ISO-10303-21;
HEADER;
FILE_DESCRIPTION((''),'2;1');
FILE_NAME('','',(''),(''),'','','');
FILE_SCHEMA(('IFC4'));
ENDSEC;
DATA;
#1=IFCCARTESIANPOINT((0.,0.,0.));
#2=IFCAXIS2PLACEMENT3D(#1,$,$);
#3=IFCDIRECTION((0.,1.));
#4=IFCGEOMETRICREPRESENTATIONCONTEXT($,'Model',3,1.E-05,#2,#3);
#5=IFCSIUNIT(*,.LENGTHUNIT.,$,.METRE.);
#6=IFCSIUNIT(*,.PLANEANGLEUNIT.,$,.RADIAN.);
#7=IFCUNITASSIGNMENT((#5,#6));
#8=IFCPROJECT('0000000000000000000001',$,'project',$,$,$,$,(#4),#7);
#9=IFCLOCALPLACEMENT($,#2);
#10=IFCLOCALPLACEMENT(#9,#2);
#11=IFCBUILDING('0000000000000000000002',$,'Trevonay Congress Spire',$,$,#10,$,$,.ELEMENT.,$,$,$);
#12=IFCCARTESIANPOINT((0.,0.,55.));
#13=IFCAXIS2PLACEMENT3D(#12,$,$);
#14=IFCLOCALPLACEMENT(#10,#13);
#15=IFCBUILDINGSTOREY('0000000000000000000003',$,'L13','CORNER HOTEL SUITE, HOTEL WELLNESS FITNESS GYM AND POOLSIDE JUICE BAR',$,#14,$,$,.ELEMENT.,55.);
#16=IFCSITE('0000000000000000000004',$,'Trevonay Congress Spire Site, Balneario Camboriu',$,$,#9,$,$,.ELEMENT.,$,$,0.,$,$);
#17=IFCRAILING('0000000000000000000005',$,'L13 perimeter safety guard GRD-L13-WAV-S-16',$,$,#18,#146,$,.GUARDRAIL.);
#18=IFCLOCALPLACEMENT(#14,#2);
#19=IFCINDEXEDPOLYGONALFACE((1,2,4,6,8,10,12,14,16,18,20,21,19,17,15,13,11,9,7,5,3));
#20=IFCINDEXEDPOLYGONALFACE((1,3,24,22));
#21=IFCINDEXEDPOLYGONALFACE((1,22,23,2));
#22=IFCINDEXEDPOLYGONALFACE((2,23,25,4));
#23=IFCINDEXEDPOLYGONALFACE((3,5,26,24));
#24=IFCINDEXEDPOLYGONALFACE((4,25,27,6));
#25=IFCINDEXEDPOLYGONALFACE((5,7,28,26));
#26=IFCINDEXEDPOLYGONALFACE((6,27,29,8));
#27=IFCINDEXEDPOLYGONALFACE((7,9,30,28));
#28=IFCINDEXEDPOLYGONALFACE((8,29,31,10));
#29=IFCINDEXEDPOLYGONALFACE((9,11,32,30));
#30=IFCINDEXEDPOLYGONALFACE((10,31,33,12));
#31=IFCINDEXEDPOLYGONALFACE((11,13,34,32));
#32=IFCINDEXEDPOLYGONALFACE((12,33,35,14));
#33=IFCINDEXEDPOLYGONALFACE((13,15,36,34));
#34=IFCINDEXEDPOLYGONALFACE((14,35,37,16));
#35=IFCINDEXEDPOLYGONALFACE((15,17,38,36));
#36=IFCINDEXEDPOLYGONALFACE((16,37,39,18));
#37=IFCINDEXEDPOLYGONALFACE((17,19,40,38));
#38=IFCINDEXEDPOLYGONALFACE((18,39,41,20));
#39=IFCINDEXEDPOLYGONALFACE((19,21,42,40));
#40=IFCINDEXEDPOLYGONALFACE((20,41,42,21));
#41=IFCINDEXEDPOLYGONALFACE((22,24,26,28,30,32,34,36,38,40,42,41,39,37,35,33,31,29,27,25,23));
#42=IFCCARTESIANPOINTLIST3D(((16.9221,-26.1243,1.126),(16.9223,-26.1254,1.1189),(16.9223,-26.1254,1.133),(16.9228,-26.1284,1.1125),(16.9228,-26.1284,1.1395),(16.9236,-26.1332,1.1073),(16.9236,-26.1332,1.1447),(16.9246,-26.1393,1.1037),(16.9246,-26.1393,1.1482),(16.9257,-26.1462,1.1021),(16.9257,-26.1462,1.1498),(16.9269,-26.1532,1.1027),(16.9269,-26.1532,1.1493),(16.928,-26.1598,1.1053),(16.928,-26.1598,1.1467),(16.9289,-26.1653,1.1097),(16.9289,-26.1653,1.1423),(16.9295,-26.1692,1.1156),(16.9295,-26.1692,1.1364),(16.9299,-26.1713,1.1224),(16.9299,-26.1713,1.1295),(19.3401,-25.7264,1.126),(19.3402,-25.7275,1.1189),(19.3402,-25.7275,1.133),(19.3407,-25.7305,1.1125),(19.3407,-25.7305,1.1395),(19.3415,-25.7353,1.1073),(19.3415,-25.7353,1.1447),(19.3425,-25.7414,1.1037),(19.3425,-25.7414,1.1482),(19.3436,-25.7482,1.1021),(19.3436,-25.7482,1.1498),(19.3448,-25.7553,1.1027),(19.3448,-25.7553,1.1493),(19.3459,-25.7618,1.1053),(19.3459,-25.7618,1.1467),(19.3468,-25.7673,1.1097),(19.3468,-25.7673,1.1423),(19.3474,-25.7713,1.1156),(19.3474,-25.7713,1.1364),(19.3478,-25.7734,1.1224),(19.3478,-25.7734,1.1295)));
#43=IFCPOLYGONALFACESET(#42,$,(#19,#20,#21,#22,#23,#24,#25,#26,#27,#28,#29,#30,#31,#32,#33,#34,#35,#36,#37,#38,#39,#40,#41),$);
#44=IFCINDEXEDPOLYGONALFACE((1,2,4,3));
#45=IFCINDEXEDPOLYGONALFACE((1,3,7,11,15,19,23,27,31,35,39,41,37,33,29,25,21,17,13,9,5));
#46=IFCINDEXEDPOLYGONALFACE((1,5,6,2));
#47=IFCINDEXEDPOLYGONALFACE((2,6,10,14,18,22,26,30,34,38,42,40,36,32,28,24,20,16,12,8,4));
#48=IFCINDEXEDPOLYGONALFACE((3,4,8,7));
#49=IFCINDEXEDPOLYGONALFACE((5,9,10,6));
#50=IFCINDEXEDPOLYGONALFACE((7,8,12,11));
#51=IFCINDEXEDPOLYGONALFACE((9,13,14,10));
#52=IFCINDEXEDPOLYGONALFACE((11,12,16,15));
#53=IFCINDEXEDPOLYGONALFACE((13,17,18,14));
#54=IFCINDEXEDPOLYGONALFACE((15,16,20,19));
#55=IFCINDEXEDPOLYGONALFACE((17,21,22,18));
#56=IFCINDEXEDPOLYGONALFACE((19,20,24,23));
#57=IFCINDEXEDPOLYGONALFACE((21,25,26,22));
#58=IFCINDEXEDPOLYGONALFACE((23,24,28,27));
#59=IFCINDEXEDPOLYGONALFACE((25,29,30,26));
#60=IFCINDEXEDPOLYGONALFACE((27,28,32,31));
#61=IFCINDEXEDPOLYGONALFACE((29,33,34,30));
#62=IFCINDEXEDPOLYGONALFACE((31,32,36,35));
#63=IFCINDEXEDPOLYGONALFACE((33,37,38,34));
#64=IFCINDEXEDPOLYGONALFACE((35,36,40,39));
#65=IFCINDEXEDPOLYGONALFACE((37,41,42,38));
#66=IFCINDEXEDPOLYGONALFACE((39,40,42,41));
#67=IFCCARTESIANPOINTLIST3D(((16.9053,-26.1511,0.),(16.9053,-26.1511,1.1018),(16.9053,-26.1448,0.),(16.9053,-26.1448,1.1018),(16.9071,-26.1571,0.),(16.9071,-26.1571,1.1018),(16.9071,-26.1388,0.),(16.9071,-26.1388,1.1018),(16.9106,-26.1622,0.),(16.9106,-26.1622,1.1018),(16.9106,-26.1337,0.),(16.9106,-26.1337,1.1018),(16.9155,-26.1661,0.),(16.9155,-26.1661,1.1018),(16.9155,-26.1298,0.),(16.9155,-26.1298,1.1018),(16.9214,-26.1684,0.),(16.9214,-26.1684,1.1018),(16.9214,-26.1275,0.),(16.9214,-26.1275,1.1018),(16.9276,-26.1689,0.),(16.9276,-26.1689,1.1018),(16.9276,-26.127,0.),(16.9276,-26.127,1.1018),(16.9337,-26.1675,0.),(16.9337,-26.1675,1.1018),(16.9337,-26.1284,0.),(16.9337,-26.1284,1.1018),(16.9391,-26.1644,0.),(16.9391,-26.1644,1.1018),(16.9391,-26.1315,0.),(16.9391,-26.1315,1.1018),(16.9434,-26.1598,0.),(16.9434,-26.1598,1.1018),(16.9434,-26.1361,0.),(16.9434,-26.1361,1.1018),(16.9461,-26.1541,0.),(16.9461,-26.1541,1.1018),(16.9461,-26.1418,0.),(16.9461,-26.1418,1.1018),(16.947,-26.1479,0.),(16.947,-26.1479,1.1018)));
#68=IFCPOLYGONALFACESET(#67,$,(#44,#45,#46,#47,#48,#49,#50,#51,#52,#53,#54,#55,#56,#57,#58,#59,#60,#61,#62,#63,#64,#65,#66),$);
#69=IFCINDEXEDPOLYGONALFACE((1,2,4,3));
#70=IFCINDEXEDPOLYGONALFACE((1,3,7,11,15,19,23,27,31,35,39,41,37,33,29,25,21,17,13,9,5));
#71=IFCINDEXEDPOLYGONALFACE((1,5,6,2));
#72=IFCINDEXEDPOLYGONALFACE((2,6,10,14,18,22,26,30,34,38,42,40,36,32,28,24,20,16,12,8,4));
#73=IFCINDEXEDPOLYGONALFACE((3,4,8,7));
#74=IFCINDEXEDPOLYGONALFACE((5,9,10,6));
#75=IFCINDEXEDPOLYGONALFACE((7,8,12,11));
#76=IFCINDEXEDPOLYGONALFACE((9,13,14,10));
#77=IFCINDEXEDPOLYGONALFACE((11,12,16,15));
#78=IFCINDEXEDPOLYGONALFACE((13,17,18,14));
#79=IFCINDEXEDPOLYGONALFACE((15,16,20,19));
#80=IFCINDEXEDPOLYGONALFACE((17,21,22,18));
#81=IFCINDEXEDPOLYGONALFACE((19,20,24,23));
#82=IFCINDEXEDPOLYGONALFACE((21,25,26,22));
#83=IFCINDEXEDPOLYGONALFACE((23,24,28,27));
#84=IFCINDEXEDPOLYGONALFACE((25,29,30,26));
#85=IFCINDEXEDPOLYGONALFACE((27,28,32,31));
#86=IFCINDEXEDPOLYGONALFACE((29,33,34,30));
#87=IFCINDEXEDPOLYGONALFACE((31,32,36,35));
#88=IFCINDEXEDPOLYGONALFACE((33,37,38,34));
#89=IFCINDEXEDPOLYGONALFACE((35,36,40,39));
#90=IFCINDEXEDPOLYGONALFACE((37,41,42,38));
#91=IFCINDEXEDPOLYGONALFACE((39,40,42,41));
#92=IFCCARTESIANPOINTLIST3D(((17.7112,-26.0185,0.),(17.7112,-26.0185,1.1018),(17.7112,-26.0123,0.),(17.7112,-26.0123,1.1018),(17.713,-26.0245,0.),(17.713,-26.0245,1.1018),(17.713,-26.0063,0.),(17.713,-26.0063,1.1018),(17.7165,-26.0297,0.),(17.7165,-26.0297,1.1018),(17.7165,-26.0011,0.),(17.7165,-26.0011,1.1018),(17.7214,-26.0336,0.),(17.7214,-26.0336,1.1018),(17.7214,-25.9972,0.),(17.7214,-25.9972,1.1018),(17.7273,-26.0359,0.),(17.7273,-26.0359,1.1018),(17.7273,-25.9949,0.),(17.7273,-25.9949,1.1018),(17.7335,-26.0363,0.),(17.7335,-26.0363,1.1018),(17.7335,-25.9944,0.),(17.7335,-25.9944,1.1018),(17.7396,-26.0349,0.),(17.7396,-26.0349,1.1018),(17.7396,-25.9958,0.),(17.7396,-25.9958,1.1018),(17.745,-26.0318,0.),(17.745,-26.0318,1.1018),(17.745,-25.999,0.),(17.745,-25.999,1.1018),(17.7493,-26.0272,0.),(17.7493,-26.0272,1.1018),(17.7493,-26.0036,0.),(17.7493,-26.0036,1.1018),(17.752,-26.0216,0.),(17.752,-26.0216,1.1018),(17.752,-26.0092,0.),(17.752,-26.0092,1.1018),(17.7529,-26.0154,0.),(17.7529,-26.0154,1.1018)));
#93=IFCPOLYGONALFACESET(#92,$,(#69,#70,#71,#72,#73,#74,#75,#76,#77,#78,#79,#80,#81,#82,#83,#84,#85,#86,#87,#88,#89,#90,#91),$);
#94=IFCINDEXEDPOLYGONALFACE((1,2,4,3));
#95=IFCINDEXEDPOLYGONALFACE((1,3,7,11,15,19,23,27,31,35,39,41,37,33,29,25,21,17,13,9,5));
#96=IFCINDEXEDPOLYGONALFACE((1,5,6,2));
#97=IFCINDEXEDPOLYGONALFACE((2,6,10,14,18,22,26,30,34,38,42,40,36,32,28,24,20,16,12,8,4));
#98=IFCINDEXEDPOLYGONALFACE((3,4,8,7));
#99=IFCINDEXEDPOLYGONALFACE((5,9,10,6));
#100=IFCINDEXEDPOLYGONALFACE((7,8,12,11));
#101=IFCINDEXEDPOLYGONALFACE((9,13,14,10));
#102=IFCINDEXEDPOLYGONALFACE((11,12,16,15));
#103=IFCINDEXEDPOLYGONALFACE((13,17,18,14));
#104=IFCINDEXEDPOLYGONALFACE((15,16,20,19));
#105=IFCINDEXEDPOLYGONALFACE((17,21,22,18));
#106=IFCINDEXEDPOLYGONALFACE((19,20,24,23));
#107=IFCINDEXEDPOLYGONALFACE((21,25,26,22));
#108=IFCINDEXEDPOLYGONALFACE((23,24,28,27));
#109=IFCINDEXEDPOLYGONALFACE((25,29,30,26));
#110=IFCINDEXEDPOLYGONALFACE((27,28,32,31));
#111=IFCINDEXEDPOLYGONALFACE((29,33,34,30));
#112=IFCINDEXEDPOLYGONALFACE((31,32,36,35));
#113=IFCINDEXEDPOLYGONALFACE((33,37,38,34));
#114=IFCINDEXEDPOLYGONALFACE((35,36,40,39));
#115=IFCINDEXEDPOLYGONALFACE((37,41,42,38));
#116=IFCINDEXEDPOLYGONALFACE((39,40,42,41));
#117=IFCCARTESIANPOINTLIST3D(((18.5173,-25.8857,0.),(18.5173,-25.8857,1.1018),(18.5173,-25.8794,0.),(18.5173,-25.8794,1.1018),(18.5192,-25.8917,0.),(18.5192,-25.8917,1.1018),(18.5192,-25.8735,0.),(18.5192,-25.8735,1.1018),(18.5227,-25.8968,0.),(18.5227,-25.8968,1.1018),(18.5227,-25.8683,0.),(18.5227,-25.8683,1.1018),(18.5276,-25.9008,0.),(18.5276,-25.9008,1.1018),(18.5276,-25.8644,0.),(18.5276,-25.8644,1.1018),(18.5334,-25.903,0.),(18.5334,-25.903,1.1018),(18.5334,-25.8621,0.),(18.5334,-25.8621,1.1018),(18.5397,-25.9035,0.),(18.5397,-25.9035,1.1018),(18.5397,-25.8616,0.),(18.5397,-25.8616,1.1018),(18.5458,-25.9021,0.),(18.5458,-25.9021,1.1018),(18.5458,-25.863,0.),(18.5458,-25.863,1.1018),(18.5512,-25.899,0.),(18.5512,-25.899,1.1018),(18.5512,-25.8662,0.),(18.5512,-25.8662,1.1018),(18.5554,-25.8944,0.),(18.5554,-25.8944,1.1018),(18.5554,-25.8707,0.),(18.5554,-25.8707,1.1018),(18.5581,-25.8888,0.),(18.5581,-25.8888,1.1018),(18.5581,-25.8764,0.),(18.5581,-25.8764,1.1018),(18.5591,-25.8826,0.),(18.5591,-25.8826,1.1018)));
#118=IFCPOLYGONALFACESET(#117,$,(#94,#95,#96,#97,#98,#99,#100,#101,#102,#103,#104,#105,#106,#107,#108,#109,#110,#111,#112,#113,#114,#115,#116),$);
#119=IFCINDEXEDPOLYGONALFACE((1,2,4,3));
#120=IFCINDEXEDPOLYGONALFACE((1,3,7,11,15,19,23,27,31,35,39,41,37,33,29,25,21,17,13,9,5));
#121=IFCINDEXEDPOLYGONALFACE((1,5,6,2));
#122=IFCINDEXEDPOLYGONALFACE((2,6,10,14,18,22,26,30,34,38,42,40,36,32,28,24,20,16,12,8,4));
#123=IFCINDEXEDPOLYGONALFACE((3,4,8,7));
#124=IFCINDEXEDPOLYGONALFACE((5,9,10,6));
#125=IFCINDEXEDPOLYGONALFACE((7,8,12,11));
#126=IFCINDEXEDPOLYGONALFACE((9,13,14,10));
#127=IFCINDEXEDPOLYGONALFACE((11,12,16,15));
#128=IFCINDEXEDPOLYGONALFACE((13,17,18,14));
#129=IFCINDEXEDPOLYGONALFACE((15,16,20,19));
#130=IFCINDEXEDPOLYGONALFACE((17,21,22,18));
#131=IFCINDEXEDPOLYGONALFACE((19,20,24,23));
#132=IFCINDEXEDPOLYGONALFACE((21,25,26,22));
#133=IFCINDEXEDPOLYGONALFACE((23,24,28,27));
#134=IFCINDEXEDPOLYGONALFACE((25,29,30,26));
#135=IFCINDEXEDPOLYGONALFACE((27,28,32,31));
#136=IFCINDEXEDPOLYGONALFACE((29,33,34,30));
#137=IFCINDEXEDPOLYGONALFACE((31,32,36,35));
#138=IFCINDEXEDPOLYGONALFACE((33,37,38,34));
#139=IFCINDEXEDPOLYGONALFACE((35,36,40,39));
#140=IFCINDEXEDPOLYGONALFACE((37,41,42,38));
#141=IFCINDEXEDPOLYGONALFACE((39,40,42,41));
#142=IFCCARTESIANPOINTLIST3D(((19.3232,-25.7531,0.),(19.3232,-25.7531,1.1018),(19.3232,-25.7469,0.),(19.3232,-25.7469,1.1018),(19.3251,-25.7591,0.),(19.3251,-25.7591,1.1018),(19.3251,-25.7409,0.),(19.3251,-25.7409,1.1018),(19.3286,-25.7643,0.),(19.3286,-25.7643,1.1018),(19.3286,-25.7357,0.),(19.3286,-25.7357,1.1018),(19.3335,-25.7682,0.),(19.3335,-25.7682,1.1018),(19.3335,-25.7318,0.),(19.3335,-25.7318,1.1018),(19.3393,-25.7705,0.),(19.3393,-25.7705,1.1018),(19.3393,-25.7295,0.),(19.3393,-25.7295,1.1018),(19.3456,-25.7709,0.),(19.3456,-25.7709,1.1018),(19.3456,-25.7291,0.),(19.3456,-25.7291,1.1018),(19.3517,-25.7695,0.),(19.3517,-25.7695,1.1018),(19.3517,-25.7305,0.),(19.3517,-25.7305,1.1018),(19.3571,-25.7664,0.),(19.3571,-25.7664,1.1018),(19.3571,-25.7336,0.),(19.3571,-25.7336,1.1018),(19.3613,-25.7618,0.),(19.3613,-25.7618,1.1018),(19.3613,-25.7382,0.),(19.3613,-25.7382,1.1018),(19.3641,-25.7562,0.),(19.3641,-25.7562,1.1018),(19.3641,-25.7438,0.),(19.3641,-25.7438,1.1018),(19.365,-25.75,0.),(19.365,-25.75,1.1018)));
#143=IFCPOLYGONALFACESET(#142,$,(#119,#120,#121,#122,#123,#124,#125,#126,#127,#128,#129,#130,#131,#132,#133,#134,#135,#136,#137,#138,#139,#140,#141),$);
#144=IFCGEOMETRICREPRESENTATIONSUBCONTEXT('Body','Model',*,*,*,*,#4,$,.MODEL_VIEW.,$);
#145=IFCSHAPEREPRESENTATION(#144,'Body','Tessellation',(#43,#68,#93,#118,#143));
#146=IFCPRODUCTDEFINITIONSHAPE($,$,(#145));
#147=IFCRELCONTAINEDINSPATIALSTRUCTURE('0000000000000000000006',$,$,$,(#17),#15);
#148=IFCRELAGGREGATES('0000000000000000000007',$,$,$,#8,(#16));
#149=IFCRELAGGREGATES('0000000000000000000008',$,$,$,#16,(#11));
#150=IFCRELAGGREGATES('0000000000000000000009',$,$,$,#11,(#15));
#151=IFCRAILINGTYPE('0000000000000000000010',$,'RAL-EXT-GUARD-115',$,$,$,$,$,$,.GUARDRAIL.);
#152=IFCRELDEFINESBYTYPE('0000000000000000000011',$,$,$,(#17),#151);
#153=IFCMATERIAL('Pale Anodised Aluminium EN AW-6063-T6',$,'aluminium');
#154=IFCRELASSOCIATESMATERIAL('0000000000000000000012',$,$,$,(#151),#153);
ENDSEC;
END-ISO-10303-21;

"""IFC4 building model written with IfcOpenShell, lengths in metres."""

from ifc_helpers import new_model, si_unit, direction, frame, origin, origin_2d, place, context, subcontext, project, spatial, circle, extrude, material, type_object, element, save


model = new_model("IFC4")

# Units and contexts
model_context = context("Model", 3, precision=1e-05, world=origin(), true_north=direction((0.0, 1.0)))
body_context = subcontext(model_context, "Body", "Model", "MODEL_VIEW")
ifc_project = project(units=[si_unit("LENGTHUNIT", "METRE"), si_unit("PLANEANGLEUNIT", "RADIAN")], contexts=[model_context])

# Site, building, storey
site_placement = place(None, origin())
site = spatial("IfcSite", under=ifc_project, at=site_placement, Name="Trevonay Congress Spire Site, Balneario Camboriu", CompositionType="ELEMENT", RefElevation=0.0)
building_placement = place(site_placement, origin())
building = spatial("IfcBuilding", under=site, at=building_placement, Name="Trevonay Congress Spire", CompositionType="ELEMENT")
storey_placement = place(building_placement, frame((0.0, 0.0, 55.0)))
storey = spatial("IfcBuildingStorey", under=building, at=storey_placement, Name="L13", Description="CORNER HOTEL SUITE, HOTEL WELLNESS FITNESS GYM AND POOLSIDE JUICE BAR", CompositionType="ELEMENT", Elevation=55.0)

# Shared definitions
ifc_material_1 = material(Name="Pale Anodised Aluminium EN AW-6063-T6", Category="aluminium")

# Railing
railing_type = type_object("IfcRailingType", Name="RAL-EXT-GUARD-115", PredefinedType="GUARDRAIL", material=ifc_material_1)
railing_1_placement = place(storey_placement, frame((16.926, -26.1479, 0.0)))
element("IfcRailing", 1, at=railing_1_placement, inside=storey, type_object=railing_type, Name="L13 perimeter safety guard GRD-L13-WAV-S-16", PredefinedType="GUARDRAIL", context=body_context, shape_type="SweptSolid", body=[
    extrude(circle(Radius=0.0239, at=origin_2d()), frame((0.0, 0.0, 1.126), z_axis=(0.986726, 0.162395, 0.0), x_axis=(-0.162395, 0.986726, 0.0)), (0.0, 0.0, 1.0), 2.4504),
    extrude(circle(Radius=0.021, at=origin_2d()), origin(), (0.0, 0.0, 1.0), 1.1018),
    extrude(circle(Radius=0.021, at=origin_2d()), frame((0.8059, 0.1326, 0.0)), (0.0, 0.0, 1.0), 1.1018),
    extrude(circle(Radius=0.021, at=origin_2d()), frame((1.6121, 0.2654, 0.0)), (0.0, 0.0, 1.0), 1.1018),
    extrude(circle(Radius=0.021, at=origin_2d()), frame((2.418, 0.3979, 0.0)), (0.0, 0.0, 1.0), 1.1018),
])

save(model, "model.ifc")
